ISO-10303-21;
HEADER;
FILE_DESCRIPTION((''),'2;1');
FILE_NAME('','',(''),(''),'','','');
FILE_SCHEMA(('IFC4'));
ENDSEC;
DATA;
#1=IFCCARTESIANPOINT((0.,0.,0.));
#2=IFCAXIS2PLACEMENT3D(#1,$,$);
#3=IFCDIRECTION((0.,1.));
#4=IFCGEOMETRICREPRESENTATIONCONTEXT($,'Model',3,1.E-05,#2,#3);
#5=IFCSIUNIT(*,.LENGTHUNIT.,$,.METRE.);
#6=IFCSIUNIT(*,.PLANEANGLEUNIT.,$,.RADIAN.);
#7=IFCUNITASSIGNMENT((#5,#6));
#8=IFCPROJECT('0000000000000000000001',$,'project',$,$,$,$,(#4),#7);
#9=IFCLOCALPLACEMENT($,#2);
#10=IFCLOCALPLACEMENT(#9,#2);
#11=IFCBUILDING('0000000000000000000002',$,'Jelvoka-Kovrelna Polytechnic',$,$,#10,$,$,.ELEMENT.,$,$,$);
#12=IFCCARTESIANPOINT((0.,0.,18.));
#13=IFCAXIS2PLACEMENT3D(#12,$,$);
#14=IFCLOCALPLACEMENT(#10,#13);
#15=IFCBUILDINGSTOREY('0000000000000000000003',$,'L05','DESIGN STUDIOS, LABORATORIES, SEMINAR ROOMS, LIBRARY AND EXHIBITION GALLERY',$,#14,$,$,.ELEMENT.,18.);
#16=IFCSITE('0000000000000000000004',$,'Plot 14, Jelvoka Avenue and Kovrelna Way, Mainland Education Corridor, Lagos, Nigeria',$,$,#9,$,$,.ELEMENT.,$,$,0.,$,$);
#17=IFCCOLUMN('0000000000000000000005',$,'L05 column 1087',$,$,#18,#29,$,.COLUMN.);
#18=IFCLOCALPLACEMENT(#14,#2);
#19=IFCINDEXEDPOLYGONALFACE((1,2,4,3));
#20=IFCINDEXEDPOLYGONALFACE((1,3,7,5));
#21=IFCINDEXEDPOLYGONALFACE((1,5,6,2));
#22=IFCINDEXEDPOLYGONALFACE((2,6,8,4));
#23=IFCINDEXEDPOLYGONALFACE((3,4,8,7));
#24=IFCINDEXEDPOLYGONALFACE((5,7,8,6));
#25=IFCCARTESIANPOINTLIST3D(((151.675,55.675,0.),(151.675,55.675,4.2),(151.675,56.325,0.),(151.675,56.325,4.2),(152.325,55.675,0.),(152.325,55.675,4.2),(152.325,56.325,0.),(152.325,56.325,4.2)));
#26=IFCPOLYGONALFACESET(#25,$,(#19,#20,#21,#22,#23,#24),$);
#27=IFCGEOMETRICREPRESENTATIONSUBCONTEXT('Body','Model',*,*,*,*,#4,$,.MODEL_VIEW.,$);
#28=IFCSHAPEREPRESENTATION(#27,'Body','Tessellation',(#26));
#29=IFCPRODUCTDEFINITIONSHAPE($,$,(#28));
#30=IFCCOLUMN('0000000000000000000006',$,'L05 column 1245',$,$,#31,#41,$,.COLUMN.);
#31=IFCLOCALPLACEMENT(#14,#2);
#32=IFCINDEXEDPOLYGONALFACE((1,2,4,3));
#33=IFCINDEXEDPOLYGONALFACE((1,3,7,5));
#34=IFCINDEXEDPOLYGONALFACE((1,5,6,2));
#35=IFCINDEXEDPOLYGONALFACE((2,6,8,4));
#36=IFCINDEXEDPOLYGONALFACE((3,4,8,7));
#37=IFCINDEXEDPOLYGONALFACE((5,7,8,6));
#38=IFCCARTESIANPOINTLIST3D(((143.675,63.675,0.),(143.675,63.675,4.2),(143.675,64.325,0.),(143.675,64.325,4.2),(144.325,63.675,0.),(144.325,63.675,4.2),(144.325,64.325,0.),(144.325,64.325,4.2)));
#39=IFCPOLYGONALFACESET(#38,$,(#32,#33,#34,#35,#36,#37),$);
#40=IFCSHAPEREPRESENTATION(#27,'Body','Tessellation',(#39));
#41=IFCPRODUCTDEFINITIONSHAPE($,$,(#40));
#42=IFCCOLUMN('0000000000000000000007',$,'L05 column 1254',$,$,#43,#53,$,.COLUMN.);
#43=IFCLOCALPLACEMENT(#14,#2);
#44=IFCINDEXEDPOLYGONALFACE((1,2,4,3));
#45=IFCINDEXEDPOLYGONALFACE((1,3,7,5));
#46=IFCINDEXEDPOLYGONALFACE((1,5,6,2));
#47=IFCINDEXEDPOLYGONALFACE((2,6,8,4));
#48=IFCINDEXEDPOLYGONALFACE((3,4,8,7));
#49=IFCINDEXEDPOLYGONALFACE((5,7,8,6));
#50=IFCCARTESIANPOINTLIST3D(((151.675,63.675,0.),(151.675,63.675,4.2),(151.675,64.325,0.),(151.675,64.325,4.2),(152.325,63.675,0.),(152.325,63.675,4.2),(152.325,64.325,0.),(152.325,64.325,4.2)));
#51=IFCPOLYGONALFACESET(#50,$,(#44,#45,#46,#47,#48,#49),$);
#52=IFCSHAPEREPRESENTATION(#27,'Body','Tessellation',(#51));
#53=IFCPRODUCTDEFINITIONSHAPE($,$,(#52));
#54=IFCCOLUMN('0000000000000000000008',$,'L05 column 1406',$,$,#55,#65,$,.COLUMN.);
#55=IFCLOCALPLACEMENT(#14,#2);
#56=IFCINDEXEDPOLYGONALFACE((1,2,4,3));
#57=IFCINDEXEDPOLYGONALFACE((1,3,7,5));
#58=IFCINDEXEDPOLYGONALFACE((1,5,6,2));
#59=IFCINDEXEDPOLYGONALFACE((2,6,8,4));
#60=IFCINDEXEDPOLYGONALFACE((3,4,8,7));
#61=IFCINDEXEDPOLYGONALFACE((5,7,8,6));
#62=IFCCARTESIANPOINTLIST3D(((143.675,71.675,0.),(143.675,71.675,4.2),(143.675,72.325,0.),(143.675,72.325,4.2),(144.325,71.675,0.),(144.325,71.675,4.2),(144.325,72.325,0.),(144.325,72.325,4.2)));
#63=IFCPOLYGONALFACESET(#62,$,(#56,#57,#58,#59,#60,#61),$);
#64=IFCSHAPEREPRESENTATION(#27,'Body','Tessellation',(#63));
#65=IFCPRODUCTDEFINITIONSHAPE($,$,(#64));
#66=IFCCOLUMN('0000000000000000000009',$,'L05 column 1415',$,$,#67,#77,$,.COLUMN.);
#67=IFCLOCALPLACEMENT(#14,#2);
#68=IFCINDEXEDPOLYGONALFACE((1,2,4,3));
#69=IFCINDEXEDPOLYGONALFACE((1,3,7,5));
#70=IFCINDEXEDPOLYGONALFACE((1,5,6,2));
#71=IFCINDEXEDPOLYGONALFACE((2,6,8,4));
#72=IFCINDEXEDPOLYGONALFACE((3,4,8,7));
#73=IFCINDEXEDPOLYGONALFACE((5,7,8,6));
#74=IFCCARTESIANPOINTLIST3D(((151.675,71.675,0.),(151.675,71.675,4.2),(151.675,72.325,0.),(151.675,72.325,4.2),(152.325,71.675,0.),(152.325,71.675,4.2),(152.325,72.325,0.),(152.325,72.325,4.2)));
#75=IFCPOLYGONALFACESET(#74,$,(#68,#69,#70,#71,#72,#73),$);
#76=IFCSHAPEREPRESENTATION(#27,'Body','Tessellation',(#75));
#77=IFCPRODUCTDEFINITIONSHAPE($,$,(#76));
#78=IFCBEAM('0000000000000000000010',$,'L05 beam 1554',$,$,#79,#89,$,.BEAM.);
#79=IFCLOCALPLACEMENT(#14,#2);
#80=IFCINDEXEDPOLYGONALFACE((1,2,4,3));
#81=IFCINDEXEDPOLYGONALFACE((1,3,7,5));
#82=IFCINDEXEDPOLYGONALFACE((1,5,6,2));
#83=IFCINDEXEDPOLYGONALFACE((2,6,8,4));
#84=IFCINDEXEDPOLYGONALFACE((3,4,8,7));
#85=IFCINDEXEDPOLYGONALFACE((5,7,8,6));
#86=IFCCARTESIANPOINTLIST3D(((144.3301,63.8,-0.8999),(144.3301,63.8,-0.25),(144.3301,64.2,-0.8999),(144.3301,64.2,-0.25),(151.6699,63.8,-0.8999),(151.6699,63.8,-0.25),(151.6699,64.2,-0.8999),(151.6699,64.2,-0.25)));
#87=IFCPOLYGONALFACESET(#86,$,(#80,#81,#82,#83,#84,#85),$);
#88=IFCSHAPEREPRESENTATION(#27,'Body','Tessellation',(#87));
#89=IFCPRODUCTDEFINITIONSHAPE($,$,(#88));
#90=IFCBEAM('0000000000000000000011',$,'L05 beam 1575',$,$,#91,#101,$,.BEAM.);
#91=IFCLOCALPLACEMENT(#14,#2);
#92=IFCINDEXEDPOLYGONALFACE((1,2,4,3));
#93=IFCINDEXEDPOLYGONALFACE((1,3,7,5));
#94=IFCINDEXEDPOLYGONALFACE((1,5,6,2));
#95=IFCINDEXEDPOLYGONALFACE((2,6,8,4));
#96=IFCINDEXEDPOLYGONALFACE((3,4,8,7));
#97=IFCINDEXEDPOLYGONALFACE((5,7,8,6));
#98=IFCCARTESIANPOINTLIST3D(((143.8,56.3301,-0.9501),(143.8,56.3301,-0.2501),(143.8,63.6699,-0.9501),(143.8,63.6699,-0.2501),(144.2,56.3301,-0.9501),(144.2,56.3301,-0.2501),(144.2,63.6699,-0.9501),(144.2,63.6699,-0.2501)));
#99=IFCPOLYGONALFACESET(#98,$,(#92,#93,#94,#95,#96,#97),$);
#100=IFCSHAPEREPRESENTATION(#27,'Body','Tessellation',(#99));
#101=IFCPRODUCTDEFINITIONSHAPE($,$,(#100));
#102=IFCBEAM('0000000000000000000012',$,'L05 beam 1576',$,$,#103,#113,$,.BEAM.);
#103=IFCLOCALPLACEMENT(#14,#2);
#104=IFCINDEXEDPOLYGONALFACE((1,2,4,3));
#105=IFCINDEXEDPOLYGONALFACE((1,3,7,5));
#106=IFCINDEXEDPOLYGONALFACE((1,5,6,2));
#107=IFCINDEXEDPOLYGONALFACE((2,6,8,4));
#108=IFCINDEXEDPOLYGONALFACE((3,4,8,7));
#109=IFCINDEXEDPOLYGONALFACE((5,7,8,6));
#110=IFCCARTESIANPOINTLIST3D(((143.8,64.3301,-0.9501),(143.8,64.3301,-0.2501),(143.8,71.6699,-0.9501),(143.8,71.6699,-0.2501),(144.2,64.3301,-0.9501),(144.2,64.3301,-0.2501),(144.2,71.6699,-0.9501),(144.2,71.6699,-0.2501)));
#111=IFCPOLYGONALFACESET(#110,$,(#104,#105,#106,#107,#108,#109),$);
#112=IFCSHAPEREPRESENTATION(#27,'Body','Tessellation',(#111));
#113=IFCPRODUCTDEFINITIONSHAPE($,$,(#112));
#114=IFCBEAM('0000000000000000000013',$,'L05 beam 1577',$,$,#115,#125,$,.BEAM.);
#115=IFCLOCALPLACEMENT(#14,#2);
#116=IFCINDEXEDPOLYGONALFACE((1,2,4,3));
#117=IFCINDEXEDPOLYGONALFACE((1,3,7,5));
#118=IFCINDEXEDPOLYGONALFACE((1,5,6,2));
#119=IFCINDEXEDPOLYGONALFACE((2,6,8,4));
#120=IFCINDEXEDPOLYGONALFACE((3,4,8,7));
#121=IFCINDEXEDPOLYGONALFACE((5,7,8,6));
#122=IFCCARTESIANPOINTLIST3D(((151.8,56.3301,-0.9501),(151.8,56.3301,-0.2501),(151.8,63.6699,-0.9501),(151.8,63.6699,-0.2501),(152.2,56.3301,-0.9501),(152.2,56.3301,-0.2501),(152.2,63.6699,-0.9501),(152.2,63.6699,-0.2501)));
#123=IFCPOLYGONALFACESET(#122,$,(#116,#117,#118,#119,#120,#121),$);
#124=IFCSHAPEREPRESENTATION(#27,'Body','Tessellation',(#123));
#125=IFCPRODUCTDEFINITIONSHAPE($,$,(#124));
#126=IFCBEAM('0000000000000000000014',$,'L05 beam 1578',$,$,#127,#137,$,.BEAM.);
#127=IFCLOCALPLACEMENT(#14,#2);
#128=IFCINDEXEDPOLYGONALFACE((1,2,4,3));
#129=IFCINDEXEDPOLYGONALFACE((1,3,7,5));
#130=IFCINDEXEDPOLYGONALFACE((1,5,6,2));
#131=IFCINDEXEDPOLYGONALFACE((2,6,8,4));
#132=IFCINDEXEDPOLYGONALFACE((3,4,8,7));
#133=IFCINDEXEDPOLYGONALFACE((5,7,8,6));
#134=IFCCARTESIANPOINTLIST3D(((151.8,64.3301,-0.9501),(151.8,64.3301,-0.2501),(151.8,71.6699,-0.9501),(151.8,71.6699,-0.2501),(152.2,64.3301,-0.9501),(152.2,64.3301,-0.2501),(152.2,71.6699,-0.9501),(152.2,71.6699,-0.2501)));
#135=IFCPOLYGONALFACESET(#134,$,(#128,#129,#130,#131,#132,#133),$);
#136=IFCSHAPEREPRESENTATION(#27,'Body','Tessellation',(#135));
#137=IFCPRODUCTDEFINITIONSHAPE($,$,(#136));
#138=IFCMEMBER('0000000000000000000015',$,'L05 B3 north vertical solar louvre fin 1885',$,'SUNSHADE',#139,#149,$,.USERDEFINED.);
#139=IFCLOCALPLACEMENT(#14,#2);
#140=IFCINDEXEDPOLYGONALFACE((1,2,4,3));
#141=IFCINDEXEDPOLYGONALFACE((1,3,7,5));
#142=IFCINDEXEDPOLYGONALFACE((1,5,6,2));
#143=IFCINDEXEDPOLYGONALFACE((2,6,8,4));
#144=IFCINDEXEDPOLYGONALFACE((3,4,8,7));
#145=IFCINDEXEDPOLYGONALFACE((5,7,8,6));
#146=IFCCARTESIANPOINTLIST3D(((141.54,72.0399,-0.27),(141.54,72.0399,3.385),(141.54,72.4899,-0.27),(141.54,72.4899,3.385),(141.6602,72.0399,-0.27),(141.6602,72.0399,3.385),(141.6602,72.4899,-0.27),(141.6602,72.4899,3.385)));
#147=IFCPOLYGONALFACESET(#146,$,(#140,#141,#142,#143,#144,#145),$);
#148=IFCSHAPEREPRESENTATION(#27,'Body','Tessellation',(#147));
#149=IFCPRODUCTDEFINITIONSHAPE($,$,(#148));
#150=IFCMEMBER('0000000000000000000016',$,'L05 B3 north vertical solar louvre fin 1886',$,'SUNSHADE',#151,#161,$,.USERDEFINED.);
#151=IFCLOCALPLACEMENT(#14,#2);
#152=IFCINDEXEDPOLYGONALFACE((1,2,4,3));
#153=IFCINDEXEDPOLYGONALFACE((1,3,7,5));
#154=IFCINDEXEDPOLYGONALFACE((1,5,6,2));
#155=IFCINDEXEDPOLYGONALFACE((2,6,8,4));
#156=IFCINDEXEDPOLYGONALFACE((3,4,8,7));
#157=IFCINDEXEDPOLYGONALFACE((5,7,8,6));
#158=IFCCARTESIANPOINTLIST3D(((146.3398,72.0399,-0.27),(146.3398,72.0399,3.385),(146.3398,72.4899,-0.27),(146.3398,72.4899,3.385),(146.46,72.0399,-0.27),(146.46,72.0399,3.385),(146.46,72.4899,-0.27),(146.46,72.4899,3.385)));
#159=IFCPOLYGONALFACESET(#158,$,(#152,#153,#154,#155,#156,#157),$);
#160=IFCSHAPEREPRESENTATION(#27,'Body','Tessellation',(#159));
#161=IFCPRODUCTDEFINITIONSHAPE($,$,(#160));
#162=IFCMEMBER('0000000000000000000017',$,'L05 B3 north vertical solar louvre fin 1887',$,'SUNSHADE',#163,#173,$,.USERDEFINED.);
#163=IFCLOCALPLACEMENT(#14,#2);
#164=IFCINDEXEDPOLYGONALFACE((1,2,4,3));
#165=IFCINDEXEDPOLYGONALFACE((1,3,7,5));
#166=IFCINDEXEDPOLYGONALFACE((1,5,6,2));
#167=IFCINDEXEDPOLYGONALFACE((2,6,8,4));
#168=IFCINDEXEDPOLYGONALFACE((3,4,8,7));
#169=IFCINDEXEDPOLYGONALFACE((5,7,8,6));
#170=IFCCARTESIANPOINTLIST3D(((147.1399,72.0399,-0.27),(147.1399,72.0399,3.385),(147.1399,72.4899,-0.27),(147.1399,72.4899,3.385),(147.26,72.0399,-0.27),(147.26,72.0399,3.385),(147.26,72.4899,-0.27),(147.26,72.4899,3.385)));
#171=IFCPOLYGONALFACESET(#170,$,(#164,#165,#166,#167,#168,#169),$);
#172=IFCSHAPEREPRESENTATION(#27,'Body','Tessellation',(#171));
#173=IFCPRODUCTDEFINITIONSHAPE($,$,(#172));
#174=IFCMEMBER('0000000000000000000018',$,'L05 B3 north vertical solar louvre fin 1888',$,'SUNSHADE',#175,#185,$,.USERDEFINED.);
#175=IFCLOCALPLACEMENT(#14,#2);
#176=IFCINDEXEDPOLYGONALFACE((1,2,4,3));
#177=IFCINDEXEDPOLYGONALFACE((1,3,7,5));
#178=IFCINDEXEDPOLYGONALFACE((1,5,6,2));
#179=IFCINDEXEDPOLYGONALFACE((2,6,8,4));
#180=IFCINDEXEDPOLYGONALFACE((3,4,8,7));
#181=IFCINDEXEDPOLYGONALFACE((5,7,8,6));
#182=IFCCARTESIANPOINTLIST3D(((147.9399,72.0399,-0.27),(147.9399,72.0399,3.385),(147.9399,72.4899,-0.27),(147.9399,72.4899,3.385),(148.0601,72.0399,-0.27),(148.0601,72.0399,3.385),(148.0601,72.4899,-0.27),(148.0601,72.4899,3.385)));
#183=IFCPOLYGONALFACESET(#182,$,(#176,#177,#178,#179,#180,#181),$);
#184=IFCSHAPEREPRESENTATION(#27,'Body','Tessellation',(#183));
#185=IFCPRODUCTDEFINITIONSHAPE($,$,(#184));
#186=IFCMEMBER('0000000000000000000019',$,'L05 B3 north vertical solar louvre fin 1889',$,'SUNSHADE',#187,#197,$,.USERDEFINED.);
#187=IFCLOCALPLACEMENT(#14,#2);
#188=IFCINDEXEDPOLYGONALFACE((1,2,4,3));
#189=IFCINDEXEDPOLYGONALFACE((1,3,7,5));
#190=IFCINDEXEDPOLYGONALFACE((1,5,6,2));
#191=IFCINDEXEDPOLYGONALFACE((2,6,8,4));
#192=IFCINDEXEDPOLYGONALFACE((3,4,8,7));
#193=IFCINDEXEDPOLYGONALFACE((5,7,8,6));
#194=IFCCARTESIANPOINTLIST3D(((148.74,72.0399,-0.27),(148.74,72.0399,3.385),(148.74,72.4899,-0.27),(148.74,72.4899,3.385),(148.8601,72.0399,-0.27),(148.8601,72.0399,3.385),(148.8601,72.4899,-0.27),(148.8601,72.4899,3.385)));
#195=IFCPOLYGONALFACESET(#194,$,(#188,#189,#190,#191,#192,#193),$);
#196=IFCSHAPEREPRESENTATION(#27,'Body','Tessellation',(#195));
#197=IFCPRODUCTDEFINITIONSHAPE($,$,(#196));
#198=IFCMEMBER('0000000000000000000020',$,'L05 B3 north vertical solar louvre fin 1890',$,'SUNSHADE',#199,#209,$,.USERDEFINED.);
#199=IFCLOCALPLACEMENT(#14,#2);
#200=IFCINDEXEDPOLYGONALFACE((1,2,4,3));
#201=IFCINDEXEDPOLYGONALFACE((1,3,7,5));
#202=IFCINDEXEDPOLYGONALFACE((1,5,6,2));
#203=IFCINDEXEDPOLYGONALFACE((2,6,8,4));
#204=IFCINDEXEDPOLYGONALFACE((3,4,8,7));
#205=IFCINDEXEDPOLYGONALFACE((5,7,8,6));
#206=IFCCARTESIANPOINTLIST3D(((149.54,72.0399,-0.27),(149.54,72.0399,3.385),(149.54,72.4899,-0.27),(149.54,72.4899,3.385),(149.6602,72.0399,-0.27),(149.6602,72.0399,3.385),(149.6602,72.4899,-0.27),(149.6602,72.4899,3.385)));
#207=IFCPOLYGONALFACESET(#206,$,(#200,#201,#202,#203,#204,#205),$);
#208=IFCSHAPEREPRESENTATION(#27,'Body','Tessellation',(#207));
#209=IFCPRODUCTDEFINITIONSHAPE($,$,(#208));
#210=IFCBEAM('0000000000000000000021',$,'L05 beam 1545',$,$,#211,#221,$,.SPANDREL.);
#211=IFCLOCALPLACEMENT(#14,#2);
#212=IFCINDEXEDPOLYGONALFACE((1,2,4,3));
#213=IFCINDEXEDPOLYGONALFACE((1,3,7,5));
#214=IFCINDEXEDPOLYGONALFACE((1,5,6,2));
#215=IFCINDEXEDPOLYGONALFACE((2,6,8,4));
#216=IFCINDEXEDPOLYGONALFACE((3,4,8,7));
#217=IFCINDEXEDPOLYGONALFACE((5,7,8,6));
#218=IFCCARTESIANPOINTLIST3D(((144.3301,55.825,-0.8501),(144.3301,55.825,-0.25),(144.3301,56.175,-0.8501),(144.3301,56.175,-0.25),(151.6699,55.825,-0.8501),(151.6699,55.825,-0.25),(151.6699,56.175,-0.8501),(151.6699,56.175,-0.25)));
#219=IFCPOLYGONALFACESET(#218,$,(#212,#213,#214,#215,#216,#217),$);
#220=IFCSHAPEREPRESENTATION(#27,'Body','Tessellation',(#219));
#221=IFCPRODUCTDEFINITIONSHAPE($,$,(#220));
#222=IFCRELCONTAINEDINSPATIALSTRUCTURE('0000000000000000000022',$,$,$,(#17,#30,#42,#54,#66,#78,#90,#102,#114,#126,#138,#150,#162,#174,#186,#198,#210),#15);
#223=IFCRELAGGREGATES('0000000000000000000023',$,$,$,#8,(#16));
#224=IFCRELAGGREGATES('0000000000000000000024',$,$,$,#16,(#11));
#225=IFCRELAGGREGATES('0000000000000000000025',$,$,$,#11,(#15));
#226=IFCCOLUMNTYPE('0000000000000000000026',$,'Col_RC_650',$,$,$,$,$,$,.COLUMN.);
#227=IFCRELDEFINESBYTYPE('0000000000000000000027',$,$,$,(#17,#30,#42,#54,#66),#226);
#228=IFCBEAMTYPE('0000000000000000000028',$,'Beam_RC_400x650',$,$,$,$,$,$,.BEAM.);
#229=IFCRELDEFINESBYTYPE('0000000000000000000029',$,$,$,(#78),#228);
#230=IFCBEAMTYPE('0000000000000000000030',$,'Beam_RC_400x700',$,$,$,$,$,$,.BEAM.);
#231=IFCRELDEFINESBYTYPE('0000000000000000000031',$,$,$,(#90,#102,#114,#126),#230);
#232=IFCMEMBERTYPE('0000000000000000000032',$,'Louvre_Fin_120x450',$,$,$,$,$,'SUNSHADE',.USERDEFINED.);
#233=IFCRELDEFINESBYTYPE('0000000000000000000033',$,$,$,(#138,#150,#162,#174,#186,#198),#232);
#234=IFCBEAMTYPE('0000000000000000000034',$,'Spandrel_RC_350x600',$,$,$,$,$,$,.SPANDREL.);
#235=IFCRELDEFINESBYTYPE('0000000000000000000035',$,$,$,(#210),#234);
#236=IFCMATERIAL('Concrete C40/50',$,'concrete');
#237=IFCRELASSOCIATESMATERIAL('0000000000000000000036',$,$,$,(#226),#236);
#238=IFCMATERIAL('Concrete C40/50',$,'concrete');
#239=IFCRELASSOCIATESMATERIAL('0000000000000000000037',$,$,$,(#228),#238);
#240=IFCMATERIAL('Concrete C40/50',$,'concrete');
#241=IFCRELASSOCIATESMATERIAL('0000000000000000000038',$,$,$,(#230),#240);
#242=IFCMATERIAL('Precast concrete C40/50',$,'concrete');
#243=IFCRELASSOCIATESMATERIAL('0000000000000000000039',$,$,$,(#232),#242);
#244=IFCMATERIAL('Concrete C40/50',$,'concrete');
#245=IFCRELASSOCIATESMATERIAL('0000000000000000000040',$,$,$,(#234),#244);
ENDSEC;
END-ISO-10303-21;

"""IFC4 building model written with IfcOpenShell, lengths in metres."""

from ifc_helpers import new_model, si_unit, direction, frame, origin, origin_2d, place, context, subcontext, project, spatial, rectangle, extrude, material, material_profile, profile_set, type_object, element, save


model = new_model("IFC4")

# Units and contexts
model_context = context("Model", 3, precision=1e-05, world=origin(), true_north=direction((0.0, 1.0)))
body_context = subcontext(model_context, "Body", "Model", "MODEL_VIEW")
ifc_project = project(units=[si_unit("LENGTHUNIT", "METRE"), si_unit("PLANEANGLEUNIT", "RADIAN")], contexts=[model_context])

# Site, building, storey
site_placement = place(None, origin())
site = spatial("IfcSite", under=ifc_project, at=site_placement, Name="Plot 14, Jelvoka Avenue and Kovrelna Way, Mainland Education Corridor, Lagos, Nigeria", CompositionType="ELEMENT", RefElevation=0.0)
building_placement = place(site_placement, origin())
building = spatial("IfcBuilding", under=site, at=building_placement, Name="Jelvoka-Kovrelna Polytechnic", CompositionType="ELEMENT")
storey_placement = place(building_placement, frame((0.0, 0.0, 18.0)))
storey = spatial("IfcBuildingStorey", under=building, at=storey_placement, Name="L05", Description="DESIGN STUDIOS, LABORATORIES, SEMINAR ROOMS, LIBRARY AND EXHIBITION GALLERY", CompositionType="ELEMENT", Elevation=18.0)

# Columns
ifc_material_1 = material(Name="Concrete C40/50", Category="concrete")
ifc_material_profile_1 = material_profile(ifc_material_1, rectangle(XDim=0.6499, YDim=0.6499, at=origin_2d()), Name="RC 650x650")
ifc_profile_set_1 = profile_set([ifc_material_profile_1], Name="Concrete C40/50")
column_type = type_object("IfcColumnType", Name="Col_RC_650", PredefinedType="COLUMN", material=ifc_profile_set_1)
for number, where, z_axis, x_axis, name in (
    (1, (152.0, 56.0, 0.0), (0.0, 0.0, 1.0), (1.0, 0.0, 0.0), "L05 column 1087"),
    (2, (144.0, 64.0, 0.0), (0.0, 0.0, 1.0), (1.0, 0.0, 0.0), "L05 column 1245"),
    (3, (152.0, 64.0, 0.0), (0.0, 0.0, 1.0), (1.0, 0.0, 0.0), "L05 column 1254"),
    (4, (144.0, 72.0, 0.0), (0.0, 0.0, 1.0), (1.0, 0.0, 0.0), "L05 column 1406"),
    (5, (152.0, 72.0, 0.0), (0.0, 0.0, 1.0), (1.0, 0.0, 0.0), "L05 column 1415"),
):
    element("IfcColumn", number, at=place(storey_placement, frame(where, z_axis=z_axis, x_axis=x_axis)), inside=storey, type_object=column_type, Name=name, PredefinedType="COLUMN", context=body_context, shape_type="SweptSolid", body=[
        extrude(rectangle(XDim=0.6499, YDim=0.6499, at=origin_2d()), origin(), (0.0, 0.0, 1.0), 4.2),
    ])

# Beams
ifc_material_2 = material(Name="Concrete C40/50", Category="concrete")
ifc_material_profile_2 = material_profile(ifc_material_2, rectangle(XDim=0.3999, YDim=0.6499, at=origin_2d()), Name="RC 400x650")
ifc_profile_set_2 = profile_set([ifc_material_profile_2], Name="Concrete C40/50")
beam_type_1 = type_object("IfcBeamType", Name="Beam_RC_400x650", PredefinedType="BEAM", material=ifc_profile_set_2)
beam_placement = place(storey_placement, frame((144.3301, 64.0, -0.575), z_axis=(1.0, 0.0, 0.0), x_axis=(0.0, 1.0, 0.0)))
element("IfcBeam", 6, at=beam_placement, inside=storey, type_object=beam_type_1, Name="L05 beam 1554", PredefinedType="BEAM", context=body_context, shape_type="SweptSolid", body=[
    extrude(rectangle(XDim=0.3999, YDim=0.6499, at=origin_2d()), origin(), (0.0, 0.0, 1.0), 7.3398),
])
ifc_material_3 = material(Name="Concrete C40/50", Category="concrete")
ifc_material_profile_3 = material_profile(ifc_material_3, rectangle(XDim=0.3999, YDim=0.7, at=origin_2d()), Name="RC 400x700")
ifc_profile_set_3 = profile_set([ifc_material_profile_3], Name="Concrete C40/50")
beam_type_2 = type_object("IfcBeamType", Name="Beam_RC_400x700", PredefinedType="BEAM", material=ifc_profile_set_3)
for number, where, z_axis, x_axis, name in (
    (7, (144.0, 56.3301, -0.6001), (0.0, 1.0, 0.0), (-1.0, 0.0, 0.0), "L05 beam 1575"),
    (8, (144.0, 64.3301, -0.6001), (0.0, 1.0, 0.0), (-1.0, 0.0, 0.0), "L05 beam 1576"),
    (9, (152.0, 56.3301, -0.6001), (0.0, 1.0, 0.0), (-1.0, 0.0, 0.0), "L05 beam 1577"),
    (10, (152.0, 64.3301, -0.6001), (0.0, 1.0, 0.0), (-1.0, 0.0, 0.0), "L05 beam 1578"),
):
    element("IfcBeam", number, at=place(storey_placement, frame(where, z_axis=z_axis, x_axis=x_axis)), inside=storey, type_object=beam_type_2, Name=name, PredefinedType="BEAM", context=body_context, shape_type="SweptSolid", body=[
        extrude(rectangle(XDim=0.3999, YDim=0.7, at=origin_2d()), origin(), (0.0, 0.0, 1.0), 7.3398),
    ])

# Members
ifc_material_4 = material(Name="Precast concrete C40/50", Category="concrete")
ifc_material_profile_4 = material_profile(ifc_material_4, rectangle(XDim=0.1201, YDim=0.45, at=origin_2d()), Name="PC 120x450")
ifc_profile_set_4 = profile_set([ifc_material_profile_4], Name="Precast concrete C40/50")
member_type = type_object("IfcMemberType", Name="Louvre_Fin_120x450", ElementType="SUNSHADE", PredefinedType="USERDEFINED", material=ifc_profile_set_4)
for number, where, z_axis, x_axis, name in (
    (11, (141.6001, 72.2649, -0.27), (0.0, 0.0, 1.0), (1.0, 0.0, 0.0), "L05 B3 north vertical solar louvre fin 1885"),
    (12, (146.3999, 72.2649, -0.27), (0.0, 0.0, 1.0), (1.0, 0.0, 0.0), "L05 B3 north vertical solar louvre fin 1886"),
    (13, (147.2, 72.2649, -0.27), (0.0, 0.0, 1.0), (1.0, 0.0, 0.0), "L05 B3 north vertical solar louvre fin 1887"),
    (14, (148.0, 72.2649, -0.27), (0.0, 0.0, 1.0), (1.0, 0.0, 0.0), "L05 B3 north vertical solar louvre fin 1888"),
    (15, (148.8, 72.2649, -0.27), (0.0, 0.0, 1.0), (1.0, 0.0, 0.0), "L05 B3 north vertical solar louvre fin 1889"),
    (16, (149.6001, 72.2649, -0.27), (0.0, 0.0, 1.0), (1.0, 0.0, 0.0), "L05 B3 north vertical solar louvre fin 1890"),
):
    element("IfcMember", number, at=place(storey_placement, frame(where, z_axis=z_axis, x_axis=x_axis)), inside=storey, type_object=member_type, Name=name, ObjectType="SUNSHADE", PredefinedType="USERDEFINED", context=body_context, shape_type="SweptSolid", body=[
        extrude(rectangle(XDim=0.1201, YDim=0.45, at=origin_2d()), origin(), (0.0, 0.0, 1.0), 3.655),
    ])

# Beam
ifc_material_5 = material(Name="Concrete C40/50", Category="concrete")
ifc_material_profile_5 = material_profile(ifc_material_5, rectangle(XDim=0.3501, YDim=0.6001, at=origin_2d()), Name="RC 350x600")
ifc_profile_set_5 = profile_set([ifc_material_profile_5], Name="Concrete C40/50")
beam_type_3 = type_object("IfcBeamType", Name="Spandrel_RC_350x600", PredefinedType="SPANDREL", material=ifc_profile_set_5)
for number, where, z_axis, x_axis, name in (
    (17, (144.3301, 56.0, -0.55), (1.0, 0.0, 0.0), (0.0, 1.0, 0.0), "L05 beam 1545"),
):
    element("IfcBeam", number, at=place(storey_placement, frame(where, z_axis=z_axis, x_axis=x_axis)), inside=storey, type_object=beam_type_3, Name=name, PredefinedType="SPANDREL", context=body_context, shape_type="SweptSolid", body=[
        extrude(rectangle(XDim=0.3501, YDim=0.6001, at=origin_2d()), origin(), (0.0, 0.0, 1.0), 7.3398),
    ])

save(model, "model.ifc")
